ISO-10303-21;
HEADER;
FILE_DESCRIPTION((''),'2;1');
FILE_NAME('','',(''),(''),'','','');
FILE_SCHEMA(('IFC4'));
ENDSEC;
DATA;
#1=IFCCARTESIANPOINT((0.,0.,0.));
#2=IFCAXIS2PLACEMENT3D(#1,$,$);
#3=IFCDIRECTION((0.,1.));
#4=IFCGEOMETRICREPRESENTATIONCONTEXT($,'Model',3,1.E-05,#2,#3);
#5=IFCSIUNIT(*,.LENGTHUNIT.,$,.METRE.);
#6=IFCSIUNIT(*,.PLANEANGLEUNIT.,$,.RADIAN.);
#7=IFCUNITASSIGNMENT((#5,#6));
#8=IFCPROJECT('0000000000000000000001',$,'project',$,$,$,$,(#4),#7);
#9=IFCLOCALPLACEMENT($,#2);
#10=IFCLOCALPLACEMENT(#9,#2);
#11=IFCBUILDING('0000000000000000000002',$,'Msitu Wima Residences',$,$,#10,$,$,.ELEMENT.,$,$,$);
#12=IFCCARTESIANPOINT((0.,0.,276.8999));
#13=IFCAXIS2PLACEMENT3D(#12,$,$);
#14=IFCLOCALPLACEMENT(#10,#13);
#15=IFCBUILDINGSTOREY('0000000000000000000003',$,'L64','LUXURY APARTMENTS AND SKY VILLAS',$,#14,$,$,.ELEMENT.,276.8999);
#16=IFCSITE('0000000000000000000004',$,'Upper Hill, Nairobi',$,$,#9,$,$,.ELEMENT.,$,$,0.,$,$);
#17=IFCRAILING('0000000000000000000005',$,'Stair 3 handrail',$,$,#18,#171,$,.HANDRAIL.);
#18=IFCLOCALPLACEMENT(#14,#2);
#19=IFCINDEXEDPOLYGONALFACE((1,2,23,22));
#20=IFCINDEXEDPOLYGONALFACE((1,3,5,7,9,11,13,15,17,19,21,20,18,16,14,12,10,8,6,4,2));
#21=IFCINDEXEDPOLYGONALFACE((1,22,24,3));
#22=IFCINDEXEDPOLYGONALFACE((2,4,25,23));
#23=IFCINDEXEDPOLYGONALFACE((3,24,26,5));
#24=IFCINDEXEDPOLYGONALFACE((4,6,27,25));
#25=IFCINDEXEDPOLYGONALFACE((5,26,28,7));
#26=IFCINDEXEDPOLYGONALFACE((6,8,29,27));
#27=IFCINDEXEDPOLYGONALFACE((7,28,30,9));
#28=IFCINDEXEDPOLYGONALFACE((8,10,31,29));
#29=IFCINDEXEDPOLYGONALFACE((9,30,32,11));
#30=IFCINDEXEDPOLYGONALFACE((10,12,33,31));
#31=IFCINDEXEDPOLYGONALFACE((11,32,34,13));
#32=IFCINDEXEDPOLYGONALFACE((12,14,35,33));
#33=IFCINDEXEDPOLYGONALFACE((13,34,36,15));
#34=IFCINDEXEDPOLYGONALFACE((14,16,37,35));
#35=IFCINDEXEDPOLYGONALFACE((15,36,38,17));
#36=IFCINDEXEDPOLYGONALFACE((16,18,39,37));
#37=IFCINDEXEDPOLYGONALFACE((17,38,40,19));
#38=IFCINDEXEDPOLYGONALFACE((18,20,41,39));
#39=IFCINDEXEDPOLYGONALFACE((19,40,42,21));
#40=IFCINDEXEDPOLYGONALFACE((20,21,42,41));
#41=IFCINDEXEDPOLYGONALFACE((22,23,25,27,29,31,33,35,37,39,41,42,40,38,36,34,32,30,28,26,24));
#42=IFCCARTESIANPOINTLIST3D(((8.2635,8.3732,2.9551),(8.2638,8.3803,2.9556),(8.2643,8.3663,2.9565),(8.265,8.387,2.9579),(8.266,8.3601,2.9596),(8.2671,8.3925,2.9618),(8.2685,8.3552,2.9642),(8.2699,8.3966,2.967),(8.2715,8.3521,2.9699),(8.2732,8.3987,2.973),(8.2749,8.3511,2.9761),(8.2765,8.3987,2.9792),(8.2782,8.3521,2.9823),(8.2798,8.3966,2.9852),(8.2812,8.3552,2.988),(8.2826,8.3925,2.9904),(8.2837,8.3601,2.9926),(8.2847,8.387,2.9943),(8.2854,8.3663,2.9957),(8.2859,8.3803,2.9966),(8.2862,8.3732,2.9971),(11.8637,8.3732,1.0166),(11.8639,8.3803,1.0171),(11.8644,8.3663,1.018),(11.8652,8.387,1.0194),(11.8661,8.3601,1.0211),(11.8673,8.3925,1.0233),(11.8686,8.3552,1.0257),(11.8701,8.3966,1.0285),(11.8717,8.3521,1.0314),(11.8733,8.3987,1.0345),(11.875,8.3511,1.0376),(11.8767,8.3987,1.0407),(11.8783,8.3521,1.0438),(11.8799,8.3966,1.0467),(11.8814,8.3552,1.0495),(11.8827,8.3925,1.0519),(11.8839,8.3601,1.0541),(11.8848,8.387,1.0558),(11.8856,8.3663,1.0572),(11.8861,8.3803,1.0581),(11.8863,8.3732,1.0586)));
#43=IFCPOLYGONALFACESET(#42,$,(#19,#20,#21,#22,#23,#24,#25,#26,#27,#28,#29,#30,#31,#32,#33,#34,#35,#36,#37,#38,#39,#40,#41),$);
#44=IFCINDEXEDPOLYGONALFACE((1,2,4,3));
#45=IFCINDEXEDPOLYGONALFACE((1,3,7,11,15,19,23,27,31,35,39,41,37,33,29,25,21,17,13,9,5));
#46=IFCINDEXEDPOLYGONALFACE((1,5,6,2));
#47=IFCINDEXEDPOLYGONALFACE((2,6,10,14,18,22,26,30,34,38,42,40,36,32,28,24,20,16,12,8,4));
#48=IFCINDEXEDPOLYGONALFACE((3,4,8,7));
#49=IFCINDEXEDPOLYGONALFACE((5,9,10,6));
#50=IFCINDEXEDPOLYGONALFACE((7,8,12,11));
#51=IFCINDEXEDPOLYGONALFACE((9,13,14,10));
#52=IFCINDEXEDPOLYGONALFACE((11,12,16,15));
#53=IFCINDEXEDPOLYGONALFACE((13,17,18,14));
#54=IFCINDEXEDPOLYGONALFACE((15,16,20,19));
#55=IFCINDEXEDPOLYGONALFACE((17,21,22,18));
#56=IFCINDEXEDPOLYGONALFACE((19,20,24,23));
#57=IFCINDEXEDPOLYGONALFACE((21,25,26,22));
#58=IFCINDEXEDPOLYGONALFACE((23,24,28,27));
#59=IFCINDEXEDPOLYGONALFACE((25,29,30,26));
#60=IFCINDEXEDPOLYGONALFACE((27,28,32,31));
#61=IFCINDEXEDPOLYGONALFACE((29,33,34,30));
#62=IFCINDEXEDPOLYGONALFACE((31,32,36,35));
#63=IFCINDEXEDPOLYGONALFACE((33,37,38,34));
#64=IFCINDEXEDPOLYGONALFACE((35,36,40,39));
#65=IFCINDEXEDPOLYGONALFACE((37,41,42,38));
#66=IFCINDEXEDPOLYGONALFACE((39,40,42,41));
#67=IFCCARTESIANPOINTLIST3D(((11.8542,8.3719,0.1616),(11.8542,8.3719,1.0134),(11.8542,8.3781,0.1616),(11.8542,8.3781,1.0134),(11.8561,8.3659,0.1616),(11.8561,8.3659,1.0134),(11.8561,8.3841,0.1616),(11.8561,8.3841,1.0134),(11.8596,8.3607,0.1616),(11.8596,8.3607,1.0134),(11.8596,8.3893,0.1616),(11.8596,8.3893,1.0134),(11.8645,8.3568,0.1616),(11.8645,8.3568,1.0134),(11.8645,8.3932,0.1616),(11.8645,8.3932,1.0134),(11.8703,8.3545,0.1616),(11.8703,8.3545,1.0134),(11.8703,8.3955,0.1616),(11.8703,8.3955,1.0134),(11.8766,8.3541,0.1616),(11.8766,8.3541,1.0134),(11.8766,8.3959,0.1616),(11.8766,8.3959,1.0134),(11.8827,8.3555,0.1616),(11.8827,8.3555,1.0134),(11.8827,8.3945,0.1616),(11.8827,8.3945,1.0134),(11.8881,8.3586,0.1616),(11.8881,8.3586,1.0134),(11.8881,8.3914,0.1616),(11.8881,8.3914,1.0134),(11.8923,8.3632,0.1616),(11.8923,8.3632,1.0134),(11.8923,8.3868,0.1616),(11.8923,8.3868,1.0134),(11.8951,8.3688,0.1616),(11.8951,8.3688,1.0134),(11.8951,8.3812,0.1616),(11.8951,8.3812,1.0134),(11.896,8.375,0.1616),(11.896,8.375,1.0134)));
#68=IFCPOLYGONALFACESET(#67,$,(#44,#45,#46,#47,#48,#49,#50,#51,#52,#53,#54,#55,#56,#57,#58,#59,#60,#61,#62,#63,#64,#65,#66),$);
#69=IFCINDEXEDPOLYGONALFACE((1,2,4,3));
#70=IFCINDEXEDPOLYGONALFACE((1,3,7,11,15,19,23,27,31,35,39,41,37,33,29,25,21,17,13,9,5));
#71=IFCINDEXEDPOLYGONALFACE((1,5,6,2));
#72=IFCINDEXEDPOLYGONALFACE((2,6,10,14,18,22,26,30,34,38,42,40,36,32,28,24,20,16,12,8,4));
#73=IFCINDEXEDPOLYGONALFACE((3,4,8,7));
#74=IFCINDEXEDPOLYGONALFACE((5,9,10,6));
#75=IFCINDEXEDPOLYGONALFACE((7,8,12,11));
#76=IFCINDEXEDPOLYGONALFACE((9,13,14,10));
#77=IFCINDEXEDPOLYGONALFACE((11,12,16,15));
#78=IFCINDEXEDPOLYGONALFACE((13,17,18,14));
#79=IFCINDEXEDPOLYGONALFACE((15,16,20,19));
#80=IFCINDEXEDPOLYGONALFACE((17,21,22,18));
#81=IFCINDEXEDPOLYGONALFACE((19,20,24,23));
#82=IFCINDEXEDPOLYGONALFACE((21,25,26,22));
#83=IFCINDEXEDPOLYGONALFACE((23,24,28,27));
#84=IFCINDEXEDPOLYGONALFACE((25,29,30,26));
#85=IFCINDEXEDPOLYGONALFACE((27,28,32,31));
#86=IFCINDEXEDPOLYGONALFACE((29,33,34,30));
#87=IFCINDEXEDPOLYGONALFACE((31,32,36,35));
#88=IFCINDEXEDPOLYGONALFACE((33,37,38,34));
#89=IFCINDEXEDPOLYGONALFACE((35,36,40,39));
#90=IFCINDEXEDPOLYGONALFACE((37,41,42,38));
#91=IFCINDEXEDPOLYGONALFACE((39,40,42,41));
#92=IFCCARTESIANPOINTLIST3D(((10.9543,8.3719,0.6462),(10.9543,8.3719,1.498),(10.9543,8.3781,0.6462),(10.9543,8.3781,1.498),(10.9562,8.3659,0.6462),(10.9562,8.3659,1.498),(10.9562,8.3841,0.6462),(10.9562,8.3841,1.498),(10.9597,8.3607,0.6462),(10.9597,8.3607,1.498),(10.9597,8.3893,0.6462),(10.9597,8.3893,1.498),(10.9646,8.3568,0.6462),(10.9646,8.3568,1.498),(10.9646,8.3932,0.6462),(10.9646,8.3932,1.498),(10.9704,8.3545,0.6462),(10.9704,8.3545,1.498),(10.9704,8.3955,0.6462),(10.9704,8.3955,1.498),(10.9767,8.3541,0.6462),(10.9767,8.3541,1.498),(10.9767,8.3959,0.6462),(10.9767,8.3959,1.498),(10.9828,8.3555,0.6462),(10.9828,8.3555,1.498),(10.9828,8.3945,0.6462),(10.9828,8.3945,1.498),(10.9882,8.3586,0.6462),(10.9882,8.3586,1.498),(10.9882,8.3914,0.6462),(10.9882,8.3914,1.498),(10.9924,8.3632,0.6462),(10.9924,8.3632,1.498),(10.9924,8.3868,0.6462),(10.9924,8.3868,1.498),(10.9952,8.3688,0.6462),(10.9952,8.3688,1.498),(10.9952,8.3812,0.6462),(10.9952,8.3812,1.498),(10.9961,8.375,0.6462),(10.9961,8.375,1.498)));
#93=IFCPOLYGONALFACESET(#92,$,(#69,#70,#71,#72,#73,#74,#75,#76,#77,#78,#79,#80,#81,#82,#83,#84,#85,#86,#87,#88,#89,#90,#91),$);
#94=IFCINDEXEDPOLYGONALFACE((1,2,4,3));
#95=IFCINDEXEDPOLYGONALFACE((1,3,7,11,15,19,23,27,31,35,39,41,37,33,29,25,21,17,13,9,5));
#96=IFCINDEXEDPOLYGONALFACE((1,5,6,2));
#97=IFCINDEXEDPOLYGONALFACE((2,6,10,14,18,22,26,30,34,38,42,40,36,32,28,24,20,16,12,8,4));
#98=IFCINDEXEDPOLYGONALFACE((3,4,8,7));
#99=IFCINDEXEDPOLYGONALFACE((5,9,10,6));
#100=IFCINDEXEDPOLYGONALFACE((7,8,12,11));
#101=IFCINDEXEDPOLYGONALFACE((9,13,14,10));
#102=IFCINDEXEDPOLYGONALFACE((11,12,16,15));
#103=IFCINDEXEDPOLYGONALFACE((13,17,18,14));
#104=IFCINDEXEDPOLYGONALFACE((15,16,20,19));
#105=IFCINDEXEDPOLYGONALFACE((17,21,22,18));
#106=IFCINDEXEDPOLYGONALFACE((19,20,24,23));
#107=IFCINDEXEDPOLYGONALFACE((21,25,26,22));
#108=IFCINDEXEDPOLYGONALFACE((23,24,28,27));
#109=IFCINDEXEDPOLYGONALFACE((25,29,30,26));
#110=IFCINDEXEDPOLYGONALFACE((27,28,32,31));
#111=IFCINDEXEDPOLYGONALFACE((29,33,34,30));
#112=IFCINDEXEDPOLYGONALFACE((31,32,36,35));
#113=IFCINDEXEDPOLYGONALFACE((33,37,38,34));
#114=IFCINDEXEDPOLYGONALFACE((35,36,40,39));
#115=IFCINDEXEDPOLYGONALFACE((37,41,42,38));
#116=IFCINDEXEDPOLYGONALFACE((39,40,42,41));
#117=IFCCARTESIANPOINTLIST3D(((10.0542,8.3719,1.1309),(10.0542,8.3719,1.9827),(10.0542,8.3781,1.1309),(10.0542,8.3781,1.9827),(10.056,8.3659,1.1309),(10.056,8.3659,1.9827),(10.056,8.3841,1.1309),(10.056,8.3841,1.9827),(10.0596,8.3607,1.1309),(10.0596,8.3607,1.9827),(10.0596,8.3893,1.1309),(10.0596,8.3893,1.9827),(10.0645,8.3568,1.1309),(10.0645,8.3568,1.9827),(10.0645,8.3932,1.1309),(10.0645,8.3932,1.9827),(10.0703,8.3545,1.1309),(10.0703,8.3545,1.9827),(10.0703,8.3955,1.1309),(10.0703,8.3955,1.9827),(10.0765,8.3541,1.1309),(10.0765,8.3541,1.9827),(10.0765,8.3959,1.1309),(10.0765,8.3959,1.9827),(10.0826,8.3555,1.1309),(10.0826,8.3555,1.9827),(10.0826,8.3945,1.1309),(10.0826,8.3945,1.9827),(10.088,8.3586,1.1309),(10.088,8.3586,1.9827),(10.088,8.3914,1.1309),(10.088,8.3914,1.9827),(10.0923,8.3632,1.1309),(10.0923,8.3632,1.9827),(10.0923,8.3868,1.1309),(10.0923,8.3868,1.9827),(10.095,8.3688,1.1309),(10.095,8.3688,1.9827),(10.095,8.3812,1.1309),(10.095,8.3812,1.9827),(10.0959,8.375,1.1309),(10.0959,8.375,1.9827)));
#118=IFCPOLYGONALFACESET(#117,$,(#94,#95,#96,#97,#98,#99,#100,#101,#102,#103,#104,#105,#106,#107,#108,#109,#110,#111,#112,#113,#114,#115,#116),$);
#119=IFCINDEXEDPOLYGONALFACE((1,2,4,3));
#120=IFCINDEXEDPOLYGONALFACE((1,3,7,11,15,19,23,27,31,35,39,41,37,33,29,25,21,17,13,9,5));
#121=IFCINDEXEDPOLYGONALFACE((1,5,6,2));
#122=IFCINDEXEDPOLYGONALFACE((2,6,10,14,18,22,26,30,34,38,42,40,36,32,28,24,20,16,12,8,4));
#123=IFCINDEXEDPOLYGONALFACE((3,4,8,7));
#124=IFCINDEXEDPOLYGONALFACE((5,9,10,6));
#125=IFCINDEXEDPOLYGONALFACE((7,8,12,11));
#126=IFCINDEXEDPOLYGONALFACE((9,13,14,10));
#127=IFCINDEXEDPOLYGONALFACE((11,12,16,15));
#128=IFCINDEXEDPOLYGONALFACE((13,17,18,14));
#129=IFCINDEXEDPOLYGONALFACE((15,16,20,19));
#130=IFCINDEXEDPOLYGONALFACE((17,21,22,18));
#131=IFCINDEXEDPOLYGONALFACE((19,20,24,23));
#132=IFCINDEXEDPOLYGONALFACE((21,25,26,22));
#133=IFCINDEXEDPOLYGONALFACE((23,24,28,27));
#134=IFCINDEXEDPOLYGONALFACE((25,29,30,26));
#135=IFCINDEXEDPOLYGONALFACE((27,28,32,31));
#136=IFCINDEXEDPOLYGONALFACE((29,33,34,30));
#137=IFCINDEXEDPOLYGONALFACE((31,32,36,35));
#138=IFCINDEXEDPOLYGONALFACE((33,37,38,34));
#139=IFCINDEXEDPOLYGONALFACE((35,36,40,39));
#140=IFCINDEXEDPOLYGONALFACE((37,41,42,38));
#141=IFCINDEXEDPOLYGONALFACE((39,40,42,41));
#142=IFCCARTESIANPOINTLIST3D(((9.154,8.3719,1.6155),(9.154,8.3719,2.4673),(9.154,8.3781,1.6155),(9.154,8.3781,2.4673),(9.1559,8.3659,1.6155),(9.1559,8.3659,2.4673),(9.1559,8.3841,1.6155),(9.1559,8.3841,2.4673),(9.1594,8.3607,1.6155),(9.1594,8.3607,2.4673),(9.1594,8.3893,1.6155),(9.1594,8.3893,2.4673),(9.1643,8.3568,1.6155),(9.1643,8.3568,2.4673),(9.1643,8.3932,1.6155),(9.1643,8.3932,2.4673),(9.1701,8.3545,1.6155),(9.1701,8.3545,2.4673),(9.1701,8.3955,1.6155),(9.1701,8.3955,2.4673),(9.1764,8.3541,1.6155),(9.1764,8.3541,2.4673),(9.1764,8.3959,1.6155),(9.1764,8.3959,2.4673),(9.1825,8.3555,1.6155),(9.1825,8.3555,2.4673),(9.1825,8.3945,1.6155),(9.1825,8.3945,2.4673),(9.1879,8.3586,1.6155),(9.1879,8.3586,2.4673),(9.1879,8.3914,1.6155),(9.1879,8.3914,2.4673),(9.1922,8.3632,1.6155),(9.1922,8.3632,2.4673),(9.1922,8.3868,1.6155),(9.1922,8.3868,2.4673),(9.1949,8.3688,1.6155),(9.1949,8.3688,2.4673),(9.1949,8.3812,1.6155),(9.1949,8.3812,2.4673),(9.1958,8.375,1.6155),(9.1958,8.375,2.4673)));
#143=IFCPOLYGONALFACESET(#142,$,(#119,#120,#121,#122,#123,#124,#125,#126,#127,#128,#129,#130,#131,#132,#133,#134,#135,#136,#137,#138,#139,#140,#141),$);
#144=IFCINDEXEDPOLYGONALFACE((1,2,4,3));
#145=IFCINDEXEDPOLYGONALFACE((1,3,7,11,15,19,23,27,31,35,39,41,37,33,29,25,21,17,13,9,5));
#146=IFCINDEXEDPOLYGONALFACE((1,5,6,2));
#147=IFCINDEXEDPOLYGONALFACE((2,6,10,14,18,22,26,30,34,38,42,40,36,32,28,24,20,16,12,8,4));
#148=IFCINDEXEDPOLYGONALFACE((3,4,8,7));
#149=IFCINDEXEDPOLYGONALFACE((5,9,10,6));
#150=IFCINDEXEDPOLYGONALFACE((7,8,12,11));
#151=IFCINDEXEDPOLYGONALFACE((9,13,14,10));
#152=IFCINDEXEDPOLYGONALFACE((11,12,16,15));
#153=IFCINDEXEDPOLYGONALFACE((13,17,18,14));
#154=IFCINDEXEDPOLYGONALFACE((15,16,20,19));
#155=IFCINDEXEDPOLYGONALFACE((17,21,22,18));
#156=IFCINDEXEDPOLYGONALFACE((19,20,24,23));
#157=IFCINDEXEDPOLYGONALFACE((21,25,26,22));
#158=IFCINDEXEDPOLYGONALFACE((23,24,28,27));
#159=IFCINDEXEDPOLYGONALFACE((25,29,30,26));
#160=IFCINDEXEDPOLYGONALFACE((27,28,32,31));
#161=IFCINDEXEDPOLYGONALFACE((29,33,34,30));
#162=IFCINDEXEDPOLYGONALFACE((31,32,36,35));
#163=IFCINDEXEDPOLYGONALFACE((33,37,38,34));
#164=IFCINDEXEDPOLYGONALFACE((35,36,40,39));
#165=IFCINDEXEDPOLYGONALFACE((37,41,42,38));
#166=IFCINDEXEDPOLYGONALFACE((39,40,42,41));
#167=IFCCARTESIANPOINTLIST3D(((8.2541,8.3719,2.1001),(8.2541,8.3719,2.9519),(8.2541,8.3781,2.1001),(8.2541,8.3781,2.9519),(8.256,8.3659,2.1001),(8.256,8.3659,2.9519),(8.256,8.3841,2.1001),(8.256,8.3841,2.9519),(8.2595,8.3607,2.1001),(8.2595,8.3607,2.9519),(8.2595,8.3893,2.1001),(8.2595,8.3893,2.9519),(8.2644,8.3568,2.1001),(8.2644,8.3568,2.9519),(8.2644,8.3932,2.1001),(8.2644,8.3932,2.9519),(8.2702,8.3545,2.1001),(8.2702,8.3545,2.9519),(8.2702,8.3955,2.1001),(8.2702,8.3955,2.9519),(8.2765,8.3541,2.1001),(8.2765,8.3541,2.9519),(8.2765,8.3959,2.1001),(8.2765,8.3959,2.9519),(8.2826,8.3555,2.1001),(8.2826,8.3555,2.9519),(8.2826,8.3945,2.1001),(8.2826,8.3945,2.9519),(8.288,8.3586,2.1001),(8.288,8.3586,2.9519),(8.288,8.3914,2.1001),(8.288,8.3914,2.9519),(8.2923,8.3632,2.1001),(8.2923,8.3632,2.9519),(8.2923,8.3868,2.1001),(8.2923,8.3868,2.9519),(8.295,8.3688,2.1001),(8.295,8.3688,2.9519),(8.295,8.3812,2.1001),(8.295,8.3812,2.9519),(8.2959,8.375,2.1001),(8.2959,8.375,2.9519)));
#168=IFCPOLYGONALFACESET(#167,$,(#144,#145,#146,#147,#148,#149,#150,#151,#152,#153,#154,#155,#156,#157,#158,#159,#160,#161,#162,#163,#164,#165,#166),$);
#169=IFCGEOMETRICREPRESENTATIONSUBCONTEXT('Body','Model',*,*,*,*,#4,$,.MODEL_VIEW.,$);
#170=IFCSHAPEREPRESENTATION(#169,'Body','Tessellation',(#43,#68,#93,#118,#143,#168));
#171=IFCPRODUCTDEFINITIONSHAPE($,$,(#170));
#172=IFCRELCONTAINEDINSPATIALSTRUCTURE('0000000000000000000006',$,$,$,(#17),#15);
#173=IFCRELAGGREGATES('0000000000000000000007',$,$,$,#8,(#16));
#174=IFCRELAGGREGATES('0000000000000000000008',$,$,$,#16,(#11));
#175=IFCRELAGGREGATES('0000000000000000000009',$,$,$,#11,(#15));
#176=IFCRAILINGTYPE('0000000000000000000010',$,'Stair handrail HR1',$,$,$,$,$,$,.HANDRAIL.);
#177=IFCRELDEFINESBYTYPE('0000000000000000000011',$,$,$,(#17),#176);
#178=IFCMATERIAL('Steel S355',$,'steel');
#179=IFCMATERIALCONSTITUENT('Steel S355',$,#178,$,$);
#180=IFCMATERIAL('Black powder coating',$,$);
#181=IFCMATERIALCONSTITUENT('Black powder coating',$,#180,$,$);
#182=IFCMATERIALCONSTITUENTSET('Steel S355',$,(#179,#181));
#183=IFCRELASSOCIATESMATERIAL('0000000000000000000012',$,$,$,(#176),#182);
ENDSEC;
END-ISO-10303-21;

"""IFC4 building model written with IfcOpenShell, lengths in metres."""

from ifc_helpers import new_model, si_unit, direction, frame, origin, origin_2d, place, context, subcontext, project, spatial, circle, extrude, material, constituent, constituent_set, type_object, element, save


model = new_model("IFC4")

# Units and contexts
model_context = context("Model", 3, precision=1e-05, world=origin(), true_north=direction((0.0, 1.0)))
body_context = subcontext(model_context, "Body", "Model", "MODEL_VIEW")
ifc_project = project(units=[si_unit("LENGTHUNIT", "METRE"), si_unit("PLANEANGLEUNIT", "RADIAN")], contexts=[model_context])

# Site, building, storey
site_placement = place(None, origin())
site = spatial("IfcSite", under=ifc_project, at=site_placement, Name="Upper Hill, Nairobi", CompositionType="ELEMENT", RefElevation=0.0)
building_placement = place(site_placement, origin())
building = spatial("IfcBuilding", under=site, at=building_placement, Name="Msitu Wima Residences", CompositionType="ELEMENT")
storey_placement = place(building_placement, frame((0.0, 0.0, 276.8999)))
storey = spatial("IfcBuildingStorey", under=building, at=storey_placement, Name="L64", Description="LUXURY APARTMENTS AND SKY VILLAS", CompositionType="ELEMENT", Elevation=276.8999)

# Railing
ifc_material_1 = material(Name="Steel S355", Category="steel")
ifc_constituent_1 = constituent(ifc_material_1, Name="Steel S355")
ifc_material_2 = material(Name="Black powder coating")
ifc_constituent_2 = constituent(ifc_material_2, Name="Black powder coating")
ifc_constituent_set = constituent_set(constituents=[ifc_constituent_1, ifc_constituent_2], Name="Steel S355")
railing_type = type_object("IfcRailingType", Name="Stair handrail HR1", PredefinedType="HANDRAIL", material=ifc_constituent_set)
for number, where, name in (
    (1, (11.875, 8.375, 0.1616), "Stair 3 handrail"),
):
    element("IfcRailing", number, at=place(storey_placement, frame(where)), inside=storey, type_object=railing_type, Name=name, PredefinedType="HANDRAIL", context=body_context, shape_type="SweptSolid", body=[
        extrude(circle(Radius=0.0239, at=origin_2d()), frame((0.0, 0.0, 0.876), z_axis=(-0.880475, 0.0, 0.474093), x_axis=(0.0, -1.0, 0.0)), (0.0, 0.0, 1.0), 4.0889),
        extrude(circle(Radius=0.021, at=origin_2d()), origin(), (0.0, 0.0, 1.0), 0.8518),
        extrude(circle(Radius=0.021, at=origin_2d()), frame((-0.8999, 0.0, 0.4846)), (0.0, 0.0, 1.0), 0.8518),
        extrude(circle(Radius=0.021, at=origin_2d()), frame((-1.8, 0.0, 0.9692)), (0.0, 0.0, 1.0), 0.8518),
        extrude(circle(Radius=0.021, at=origin_2d()), frame((-2.7002, 0.0, 1.4539)), (0.0, 0.0, 1.0), 0.8518),
        extrude(circle(Radius=0.021, at=origin_2d()), frame((-3.6001, 0.0, 1.9385)), (0.0, 0.0, 1.0), 0.8518),
    ])

save(model, "model.ifc")
